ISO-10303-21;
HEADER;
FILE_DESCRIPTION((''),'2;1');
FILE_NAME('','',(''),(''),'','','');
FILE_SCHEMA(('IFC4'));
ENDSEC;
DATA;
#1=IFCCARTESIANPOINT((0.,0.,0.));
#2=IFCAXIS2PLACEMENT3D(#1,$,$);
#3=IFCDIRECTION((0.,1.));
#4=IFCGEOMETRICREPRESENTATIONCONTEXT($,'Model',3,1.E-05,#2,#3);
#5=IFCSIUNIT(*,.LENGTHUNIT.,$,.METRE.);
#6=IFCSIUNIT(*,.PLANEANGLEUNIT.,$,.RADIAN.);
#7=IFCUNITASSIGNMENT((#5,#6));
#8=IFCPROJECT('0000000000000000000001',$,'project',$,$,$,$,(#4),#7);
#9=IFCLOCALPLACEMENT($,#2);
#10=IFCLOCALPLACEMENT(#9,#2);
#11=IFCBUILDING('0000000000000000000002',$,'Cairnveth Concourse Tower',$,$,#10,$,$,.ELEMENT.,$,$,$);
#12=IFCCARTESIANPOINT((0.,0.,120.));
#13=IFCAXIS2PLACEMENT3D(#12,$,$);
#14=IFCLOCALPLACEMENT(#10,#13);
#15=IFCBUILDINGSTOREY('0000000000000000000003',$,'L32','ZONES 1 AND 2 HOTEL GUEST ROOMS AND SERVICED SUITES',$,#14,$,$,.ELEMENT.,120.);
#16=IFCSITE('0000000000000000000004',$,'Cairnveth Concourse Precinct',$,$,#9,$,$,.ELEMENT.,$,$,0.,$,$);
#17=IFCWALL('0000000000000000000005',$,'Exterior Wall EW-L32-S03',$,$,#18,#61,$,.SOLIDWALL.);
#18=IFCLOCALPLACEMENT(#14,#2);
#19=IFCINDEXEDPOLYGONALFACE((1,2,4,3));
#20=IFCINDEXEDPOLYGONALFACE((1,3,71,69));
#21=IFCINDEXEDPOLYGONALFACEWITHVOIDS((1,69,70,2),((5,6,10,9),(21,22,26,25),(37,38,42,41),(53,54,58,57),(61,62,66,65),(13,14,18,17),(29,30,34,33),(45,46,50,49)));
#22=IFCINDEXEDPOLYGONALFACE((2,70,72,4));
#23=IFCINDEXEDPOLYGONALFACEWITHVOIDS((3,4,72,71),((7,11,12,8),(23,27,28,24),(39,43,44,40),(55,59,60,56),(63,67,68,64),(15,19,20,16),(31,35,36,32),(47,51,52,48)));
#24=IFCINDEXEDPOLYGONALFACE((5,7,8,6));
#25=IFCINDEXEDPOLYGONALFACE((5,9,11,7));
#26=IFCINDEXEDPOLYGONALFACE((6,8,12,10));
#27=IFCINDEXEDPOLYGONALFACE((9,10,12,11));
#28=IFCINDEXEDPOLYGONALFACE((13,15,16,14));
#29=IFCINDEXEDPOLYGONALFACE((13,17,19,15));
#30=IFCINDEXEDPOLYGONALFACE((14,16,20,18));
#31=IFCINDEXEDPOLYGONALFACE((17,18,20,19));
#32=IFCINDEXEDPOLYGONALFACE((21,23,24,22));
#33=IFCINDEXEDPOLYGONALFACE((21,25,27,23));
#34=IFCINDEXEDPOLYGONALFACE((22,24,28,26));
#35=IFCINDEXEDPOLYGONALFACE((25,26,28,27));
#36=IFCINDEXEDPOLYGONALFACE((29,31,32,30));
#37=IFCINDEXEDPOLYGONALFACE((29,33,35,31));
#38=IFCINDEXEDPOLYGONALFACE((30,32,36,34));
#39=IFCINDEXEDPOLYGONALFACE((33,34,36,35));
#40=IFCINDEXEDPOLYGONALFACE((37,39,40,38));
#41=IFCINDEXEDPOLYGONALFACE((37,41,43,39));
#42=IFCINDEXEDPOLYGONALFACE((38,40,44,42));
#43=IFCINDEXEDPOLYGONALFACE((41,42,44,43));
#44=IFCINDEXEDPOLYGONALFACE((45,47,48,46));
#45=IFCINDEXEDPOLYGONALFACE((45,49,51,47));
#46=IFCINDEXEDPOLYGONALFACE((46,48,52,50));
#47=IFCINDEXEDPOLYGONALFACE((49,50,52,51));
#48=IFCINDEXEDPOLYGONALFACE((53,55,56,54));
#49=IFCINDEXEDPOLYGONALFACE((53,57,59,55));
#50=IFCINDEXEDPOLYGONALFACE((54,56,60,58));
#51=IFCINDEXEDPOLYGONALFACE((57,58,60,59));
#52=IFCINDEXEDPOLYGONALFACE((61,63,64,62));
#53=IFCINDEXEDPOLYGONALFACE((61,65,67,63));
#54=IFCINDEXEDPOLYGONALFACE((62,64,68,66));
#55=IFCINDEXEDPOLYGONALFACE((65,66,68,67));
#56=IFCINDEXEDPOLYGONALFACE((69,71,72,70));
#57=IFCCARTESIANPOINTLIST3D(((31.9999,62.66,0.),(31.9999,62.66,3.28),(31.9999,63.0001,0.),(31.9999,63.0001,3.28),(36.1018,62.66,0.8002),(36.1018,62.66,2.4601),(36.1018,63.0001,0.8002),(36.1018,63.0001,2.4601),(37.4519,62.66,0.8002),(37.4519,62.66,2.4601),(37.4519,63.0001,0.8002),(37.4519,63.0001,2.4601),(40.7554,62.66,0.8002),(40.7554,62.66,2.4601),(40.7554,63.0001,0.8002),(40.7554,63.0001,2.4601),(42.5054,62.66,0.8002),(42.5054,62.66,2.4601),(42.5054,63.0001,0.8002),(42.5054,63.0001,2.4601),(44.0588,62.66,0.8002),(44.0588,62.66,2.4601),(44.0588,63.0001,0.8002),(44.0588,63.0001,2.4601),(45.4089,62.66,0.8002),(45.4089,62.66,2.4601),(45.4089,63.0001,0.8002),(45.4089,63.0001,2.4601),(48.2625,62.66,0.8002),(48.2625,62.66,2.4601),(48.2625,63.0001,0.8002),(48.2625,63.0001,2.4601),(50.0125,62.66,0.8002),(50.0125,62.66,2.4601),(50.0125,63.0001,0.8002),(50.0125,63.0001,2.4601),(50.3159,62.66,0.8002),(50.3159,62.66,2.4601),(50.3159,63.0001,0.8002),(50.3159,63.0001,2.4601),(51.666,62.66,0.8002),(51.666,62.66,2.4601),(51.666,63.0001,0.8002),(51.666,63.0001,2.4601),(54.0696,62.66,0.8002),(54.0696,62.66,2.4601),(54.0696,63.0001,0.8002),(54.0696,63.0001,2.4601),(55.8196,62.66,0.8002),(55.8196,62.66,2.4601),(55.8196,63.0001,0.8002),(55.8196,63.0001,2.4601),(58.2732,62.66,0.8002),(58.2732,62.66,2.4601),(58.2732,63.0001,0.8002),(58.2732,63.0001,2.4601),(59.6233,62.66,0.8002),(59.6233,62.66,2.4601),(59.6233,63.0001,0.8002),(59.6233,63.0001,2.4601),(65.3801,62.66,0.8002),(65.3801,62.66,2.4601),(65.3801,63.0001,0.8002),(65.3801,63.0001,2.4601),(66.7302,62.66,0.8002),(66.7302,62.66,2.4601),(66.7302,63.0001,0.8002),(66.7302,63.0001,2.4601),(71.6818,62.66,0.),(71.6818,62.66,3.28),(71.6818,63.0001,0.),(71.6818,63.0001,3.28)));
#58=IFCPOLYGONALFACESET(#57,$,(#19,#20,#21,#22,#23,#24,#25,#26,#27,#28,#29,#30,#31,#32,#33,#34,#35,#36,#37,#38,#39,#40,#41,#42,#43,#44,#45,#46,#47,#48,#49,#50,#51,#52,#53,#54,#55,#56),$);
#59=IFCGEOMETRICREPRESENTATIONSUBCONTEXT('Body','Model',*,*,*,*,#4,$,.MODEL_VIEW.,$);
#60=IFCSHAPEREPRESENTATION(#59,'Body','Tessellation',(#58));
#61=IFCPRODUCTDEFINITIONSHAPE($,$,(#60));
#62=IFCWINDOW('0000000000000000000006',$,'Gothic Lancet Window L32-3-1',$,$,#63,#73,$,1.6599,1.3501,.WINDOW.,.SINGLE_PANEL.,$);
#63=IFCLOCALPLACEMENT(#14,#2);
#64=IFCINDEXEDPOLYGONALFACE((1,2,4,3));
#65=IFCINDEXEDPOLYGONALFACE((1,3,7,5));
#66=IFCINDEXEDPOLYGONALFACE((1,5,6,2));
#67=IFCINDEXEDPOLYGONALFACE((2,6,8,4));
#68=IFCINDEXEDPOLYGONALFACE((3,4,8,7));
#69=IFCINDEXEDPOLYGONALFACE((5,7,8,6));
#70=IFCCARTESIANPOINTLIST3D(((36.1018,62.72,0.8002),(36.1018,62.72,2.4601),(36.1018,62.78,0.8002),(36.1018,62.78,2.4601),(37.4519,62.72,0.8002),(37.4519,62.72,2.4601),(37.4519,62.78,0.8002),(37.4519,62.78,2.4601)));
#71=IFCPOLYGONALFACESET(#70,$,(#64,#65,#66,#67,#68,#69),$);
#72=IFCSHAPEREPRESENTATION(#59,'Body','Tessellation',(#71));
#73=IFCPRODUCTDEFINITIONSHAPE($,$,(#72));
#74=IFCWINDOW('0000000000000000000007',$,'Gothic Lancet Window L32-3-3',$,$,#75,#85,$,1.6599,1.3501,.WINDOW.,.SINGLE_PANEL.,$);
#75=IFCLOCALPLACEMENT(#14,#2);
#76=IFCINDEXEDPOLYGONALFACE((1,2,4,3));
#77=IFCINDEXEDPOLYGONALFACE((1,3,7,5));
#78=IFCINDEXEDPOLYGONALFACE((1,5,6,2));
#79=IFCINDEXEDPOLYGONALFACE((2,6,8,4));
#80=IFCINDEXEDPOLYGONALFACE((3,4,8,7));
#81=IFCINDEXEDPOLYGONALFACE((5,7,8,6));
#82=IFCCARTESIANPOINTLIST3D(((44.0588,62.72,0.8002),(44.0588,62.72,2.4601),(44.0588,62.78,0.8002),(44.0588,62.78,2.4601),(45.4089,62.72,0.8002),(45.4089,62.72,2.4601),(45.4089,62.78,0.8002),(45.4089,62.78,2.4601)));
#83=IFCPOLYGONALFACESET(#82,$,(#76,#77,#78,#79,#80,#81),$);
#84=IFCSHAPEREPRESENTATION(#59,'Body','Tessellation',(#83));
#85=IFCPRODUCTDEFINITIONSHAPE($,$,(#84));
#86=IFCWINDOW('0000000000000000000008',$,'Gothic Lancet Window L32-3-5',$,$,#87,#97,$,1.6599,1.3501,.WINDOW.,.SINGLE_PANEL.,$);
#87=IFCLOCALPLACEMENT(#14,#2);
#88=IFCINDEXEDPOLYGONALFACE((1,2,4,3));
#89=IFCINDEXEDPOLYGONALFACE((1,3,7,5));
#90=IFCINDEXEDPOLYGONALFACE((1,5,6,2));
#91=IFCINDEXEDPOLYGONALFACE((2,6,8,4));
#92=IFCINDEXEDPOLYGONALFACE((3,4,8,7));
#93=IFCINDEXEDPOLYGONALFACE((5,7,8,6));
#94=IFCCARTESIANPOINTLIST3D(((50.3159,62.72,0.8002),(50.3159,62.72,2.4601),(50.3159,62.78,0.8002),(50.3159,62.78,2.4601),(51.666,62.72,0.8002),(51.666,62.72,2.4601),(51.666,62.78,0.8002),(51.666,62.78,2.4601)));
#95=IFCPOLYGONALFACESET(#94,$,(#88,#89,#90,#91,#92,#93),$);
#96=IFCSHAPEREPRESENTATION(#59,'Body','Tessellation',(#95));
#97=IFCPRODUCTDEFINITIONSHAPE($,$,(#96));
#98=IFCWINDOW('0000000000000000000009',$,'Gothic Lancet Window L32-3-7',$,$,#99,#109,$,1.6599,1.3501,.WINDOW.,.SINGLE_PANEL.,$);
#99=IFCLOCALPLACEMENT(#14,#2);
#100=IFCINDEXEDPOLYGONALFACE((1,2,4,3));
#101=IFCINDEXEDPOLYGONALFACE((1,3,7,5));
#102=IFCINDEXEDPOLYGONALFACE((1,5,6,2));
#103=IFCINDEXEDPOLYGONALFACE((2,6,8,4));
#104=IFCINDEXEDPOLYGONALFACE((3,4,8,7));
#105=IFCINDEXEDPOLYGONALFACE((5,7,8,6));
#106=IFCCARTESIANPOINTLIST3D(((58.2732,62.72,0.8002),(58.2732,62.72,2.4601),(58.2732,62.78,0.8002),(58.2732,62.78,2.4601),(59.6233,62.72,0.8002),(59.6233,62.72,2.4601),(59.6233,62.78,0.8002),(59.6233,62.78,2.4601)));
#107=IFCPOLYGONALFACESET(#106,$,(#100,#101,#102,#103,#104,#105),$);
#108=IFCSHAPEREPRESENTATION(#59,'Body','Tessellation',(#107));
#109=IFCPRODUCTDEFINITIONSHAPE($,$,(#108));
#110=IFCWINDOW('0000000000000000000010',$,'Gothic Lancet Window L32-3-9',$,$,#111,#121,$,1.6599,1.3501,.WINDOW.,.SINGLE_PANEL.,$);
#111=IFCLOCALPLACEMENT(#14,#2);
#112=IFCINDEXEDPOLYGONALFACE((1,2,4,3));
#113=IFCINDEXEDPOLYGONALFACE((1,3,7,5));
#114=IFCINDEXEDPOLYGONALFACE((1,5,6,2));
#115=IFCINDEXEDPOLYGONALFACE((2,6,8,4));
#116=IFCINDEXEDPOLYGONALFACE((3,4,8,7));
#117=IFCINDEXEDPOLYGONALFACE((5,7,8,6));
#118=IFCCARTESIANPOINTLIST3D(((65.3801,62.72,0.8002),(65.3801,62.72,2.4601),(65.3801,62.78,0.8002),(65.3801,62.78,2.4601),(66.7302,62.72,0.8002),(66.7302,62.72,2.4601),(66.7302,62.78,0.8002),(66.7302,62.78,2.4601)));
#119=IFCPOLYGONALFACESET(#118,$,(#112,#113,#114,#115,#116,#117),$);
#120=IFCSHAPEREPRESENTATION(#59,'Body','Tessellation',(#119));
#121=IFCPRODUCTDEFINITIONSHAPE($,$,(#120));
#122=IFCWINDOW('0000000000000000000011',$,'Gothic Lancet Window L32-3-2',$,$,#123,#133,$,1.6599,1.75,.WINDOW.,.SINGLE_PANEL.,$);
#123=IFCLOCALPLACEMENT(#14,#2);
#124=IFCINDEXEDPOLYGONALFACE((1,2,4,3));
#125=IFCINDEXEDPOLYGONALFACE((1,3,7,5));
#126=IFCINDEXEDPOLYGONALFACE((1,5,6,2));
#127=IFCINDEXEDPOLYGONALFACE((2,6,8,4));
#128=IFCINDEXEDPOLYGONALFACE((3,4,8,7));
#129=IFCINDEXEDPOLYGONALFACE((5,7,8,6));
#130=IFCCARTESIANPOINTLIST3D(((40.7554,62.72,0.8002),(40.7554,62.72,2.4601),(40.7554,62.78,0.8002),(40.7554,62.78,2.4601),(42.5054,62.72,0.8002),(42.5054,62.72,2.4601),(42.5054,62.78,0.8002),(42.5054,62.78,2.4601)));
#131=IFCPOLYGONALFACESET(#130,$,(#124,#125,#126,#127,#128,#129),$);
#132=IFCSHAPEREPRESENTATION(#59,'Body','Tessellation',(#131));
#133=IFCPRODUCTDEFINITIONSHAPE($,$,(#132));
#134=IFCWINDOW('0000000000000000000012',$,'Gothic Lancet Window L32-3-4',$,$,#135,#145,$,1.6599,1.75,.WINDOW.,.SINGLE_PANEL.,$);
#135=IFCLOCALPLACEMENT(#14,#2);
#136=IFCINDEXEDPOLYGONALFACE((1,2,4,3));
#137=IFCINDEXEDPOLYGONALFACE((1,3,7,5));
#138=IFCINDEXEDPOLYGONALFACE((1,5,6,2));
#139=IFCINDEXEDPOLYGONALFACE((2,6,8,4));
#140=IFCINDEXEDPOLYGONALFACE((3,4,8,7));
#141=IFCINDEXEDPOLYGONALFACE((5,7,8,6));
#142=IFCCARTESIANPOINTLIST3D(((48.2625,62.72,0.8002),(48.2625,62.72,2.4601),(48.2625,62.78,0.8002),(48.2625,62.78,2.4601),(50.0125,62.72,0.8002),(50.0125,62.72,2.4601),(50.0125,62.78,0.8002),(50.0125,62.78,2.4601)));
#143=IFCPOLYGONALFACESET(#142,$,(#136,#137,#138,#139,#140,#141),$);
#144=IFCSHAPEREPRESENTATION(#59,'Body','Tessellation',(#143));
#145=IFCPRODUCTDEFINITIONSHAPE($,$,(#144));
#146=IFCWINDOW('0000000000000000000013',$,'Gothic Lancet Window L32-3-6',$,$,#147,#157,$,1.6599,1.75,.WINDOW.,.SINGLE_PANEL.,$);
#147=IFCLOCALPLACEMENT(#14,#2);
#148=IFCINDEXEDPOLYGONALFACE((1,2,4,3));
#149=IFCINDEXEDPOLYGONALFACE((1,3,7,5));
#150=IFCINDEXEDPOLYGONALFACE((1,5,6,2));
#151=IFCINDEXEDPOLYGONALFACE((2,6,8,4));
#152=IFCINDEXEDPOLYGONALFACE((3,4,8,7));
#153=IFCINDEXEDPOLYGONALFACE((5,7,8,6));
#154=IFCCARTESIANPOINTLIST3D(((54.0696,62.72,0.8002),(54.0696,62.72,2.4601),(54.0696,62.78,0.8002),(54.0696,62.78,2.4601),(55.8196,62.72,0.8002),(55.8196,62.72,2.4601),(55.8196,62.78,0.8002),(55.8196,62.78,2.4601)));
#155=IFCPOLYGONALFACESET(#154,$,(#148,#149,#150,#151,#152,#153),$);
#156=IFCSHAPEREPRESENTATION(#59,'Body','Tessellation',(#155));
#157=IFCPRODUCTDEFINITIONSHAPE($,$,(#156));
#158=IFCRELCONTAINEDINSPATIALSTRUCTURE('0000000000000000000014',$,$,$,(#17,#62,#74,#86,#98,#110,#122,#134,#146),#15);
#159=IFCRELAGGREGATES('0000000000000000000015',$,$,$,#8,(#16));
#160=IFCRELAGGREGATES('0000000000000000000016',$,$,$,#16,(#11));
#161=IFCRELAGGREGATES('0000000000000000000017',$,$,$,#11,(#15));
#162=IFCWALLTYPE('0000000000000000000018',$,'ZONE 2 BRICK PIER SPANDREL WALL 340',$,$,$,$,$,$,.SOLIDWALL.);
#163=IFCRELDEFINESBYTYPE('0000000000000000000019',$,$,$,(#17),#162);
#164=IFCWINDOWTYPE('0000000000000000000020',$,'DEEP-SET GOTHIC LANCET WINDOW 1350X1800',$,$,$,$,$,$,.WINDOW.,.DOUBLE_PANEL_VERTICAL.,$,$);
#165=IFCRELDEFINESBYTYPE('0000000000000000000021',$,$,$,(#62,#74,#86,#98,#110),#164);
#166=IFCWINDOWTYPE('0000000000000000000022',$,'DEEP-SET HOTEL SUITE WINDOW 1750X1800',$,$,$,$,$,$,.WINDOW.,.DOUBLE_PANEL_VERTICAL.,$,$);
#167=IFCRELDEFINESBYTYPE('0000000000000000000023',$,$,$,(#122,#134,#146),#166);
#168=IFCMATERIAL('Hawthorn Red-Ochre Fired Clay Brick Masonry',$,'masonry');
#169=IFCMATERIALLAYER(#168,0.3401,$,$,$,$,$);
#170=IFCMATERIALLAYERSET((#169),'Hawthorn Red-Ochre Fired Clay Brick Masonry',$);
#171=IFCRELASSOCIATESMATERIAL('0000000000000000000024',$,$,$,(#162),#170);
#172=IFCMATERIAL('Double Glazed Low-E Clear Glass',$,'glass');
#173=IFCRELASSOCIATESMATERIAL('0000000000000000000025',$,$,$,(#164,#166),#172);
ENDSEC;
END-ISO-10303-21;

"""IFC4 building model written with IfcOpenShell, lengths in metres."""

from ifc_helpers import new_model, si_unit, direction, frame, frame_2d, origin, place, context, subcontext, project, spatial, rectangle, extrude, material, layer, layer_set, type_object, element, fill, save


model = new_model("IFC4")

# Units and contexts
model_context = context("Model", 3, precision=1e-05, world=origin(), true_north=direction((0.0, 1.0)))
body_context = subcontext(model_context, "Body", "Model", "MODEL_VIEW")
ifc_project = project(units=[si_unit("LENGTHUNIT", "METRE"), si_unit("PLANEANGLEUNIT", "RADIAN")], contexts=[model_context])

# Site, building, storey
site_placement = place(None, origin())
site = spatial("IfcSite", under=ifc_project, at=site_placement, Name="Cairnveth Concourse Precinct", CompositionType="ELEMENT", RefElevation=0.0)
building_placement = place(site_placement, origin())
building = spatial("IfcBuilding", under=site, at=building_placement, Name="Cairnveth Concourse Tower", CompositionType="ELEMENT")
storey_placement = place(building_placement, frame((0.0, 0.0, 120.0)))
storey = spatial("IfcBuildingStorey", under=building, at=storey_placement, Name="L32", Description="ZONES 1 AND 2 HOTEL GUEST ROOMS AND SERVICED SUITES", CompositionType="ELEMENT", Elevation=120.0)

# Shared definitions
ifc_material_1 = material(Name="Hawthorn Red-Ochre Fired Clay Brick Masonry", Category="masonry")
ifc_layer_1 = layer(ifc_material_1, 0.3401)
ifc_layer_set_1 = layer_set([ifc_layer_1], Name="Hawthorn Red-Ochre Fired Clay Brick Masonry")
wall_type_1 = type_object("IfcWallType", Name="ZONE 2 BRICK PIER SPANDREL WALL 340", PredefinedType="SOLIDWALL", material=ifc_layer_set_1)

# Wall, openings, windows
wall_1_placement = place(storey_placement, frame((32.0, 62.8301, 0.0), z_axis=(0.0, 0.0, 1.0), x_axis=(1.0, 0.0, 0.0)))
wall_1 = element("IfcWall", 1, at=wall_1_placement, inside=storey, type_object=wall_type_1, Name="Exterior Wall EW-L32-S03", PredefinedType="SOLIDWALL", context=body_context, shape_type="SweptSolid", body=[
    extrude(rectangle(XDim=39.6819, YDim=0.3401, at=frame_2d((19.8408, 0.0))), origin(), (0.0, 0.0, 1.0), 3.28),
])
opening_1_placement = place(wall_1_placement, frame((4.1018, 0.0, 0.8)))
opening_1 = element("IfcOpeningElement", 2, at=opening_1_placement, cuts=wall_1, PredefinedType="OPENING", context=body_context, shape_type="SweptSolid", body=[
    extrude(rectangle(XDim=1.3501, YDim=1.6599, at=frame_2d((0.675, 0.8301))), frame((0.0, 0.1799, 0.0), z_axis=(0.0, -1.0, 0.0), x_axis=(1.0, 0.0, 0.0)), (0.0, 0.0, 1.0), 0.3601),
])
opening_2_placement = place(wall_1_placement, frame((8.7554, 0.0, 0.8)))
opening_2 = element("IfcOpeningElement", 3, at=opening_2_placement, cuts=wall_1, PredefinedType="OPENING", context=body_context, shape_type="SweptSolid", body=[
    extrude(rectangle(XDim=1.75, YDim=1.6599, at=frame_2d((0.875, 0.8301))), frame((0.0, 0.1799, 0.0), z_axis=(0.0, -1.0, 0.0), x_axis=(1.0, 0.0, 0.0)), (0.0, 0.0, 1.0), 0.3601),
])
opening_3_placement = place(wall_1_placement, frame((12.0588, 0.0, 0.8)))
opening_3 = element("IfcOpeningElement", 4, at=opening_3_placement, cuts=wall_1, PredefinedType="OPENING", context=body_context, shape_type="SweptSolid", body=[
    extrude(rectangle(XDim=1.3501, YDim=1.6599, at=frame_2d((0.675, 0.8301))), frame((0.0, 0.1799, 0.0), z_axis=(0.0, -1.0, 0.0), x_axis=(1.0, 0.0, 0.0)), (0.0, 0.0, 1.0), 0.3601),
])
opening_4_placement = place(wall_1_placement, frame((16.2625, 0.0, 0.8)))
opening_4 = element("IfcOpeningElement", 5, at=opening_4_placement, cuts=wall_1, PredefinedType="OPENING", context=body_context, shape_type="SweptSolid", body=[
    extrude(rectangle(XDim=1.75, YDim=1.6599, at=frame_2d((0.875, 0.8301))), frame((0.0, 0.1799, 0.0), z_axis=(0.0, -1.0, 0.0), x_axis=(1.0, 0.0, 0.0)), (0.0, 0.0, 1.0), 0.3601),
])
opening_5_placement = place(wall_1_placement, frame((18.3159, 0.0, 0.8)))
opening_5 = element("IfcOpeningElement", 6, at=opening_5_placement, cuts=wall_1, PredefinedType="OPENING", context=body_context, shape_type="SweptSolid", body=[
    extrude(rectangle(XDim=1.3501, YDim=1.6599, at=frame_2d((0.675, 0.8301))), frame((0.0, 0.1799, 0.0), z_axis=(0.0, -1.0, 0.0), x_axis=(1.0, 0.0, 0.0)), (0.0, 0.0, 1.0), 0.3601),
])
opening_6_placement = place(wall_1_placement, frame((22.0696, 0.0, 0.8)))
opening_6 = element("IfcOpeningElement", 7, at=opening_6_placement, cuts=wall_1, PredefinedType="OPENING", context=body_context, shape_type="SweptSolid", body=[
    extrude(rectangle(XDim=1.75, YDim=1.6599, at=frame_2d((0.875, 0.8301))), frame((0.0, 0.1799, 0.0), z_axis=(0.0, -1.0, 0.0), x_axis=(1.0, 0.0, 0.0)), (0.0, 0.0, 1.0), 0.3601),
])
opening_7_placement = place(wall_1_placement, frame((26.2732, 0.0, 0.8)))
opening_7 = element("IfcOpeningElement", 8, at=opening_7_placement, cuts=wall_1, PredefinedType="OPENING", context=body_context, shape_type="SweptSolid", body=[
    extrude(rectangle(XDim=1.3501, YDim=1.6599, at=frame_2d((0.675, 0.8301))), frame((0.0, 0.1799, 0.0), z_axis=(0.0, -1.0, 0.0), x_axis=(1.0, 0.0, 0.0)), (0.0, 0.0, 1.0), 0.3601),
])
opening_8_placement = place(wall_1_placement, frame((33.3801, 0.0, 0.8)))
opening_8 = element("IfcOpeningElement", 9, at=opening_8_placement, cuts=wall_1, PredefinedType="OPENING", context=body_context, shape_type="SweptSolid", body=[
    extrude(rectangle(XDim=1.3501, YDim=1.6599, at=frame_2d((0.675, 0.8301))), frame((0.0, 0.1799, 0.0), z_axis=(0.0, -1.0, 0.0), x_axis=(1.0, 0.0, 0.0)), (0.0, 0.0, 1.0), 0.3601),
])
ifc_material_2 = material(Name="Double Glazed Low-E Clear Glass", Category="glass")
window_type_1 = type_object("IfcWindowType", Name="DEEP-SET GOTHIC LANCET WINDOW 1350X1800", PartitioningType="DOUBLE_PANEL_VERTICAL", PredefinedType="WINDOW", material=ifc_material_2)
window_1_placement = place(opening_1_placement, origin())
window_1 = element("IfcWindow", 10, at=window_1_placement, inside=storey, type_object=window_type_1, Name="Gothic Lancet Window L32-3-1", OverallHeight=1.6599, OverallWidth=1.3501, PartitioningType="SINGLE_PANEL", PredefinedType="WINDOW", context=body_context, shape_type="SweptSolid", body=[
    extrude(rectangle(XDim=1.3501, YDim=1.6599, at=frame_2d((0.675, 0.8301))), frame((0.0, -0.05, 0.0), z_axis=(0.0, -1.0, 0.0), x_axis=(1.0, 0.0, 0.0)), (0.0, 0.0, 1.0), 0.0601),
])
fill(opening_1, window_1)
window_2_placement = place(opening_3_placement, origin())
window_2 = element("IfcWindow", 11, at=window_2_placement, inside=storey, type_object=window_type_1, Name="Gothic Lancet Window L32-3-3", OverallHeight=1.6599, OverallWidth=1.3501, PartitioningType="SINGLE_PANEL", PredefinedType="WINDOW", context=body_context, shape_type="SweptSolid", body=[
    extrude(rectangle(XDim=1.3501, YDim=1.6599, at=frame_2d((0.675, 0.8301))), frame((0.0, -0.05, 0.0), z_axis=(0.0, -1.0, 0.0), x_axis=(1.0, 0.0, 0.0)), (0.0, 0.0, 1.0), 0.0601),
])
fill(opening_3, window_2)
window_3_placement = place(opening_5_placement, origin())
window_3 = element("IfcWindow", 12, at=window_3_placement, inside=storey, type_object=window_type_1, Name="Gothic Lancet Window L32-3-5", OverallHeight=1.6599, OverallWidth=1.3501, PartitioningType="SINGLE_PANEL", PredefinedType="WINDOW", context=body_context, shape_type="SweptSolid", body=[
    extrude(rectangle(XDim=1.3501, YDim=1.6599, at=frame_2d((0.675, 0.8301))), frame((0.0, -0.05, 0.0), z_axis=(0.0, -1.0, 0.0), x_axis=(1.0, 0.0, 0.0)), (0.0, 0.0, 1.0), 0.0601),
])
fill(opening_5, window_3)
window_4_placement = place(opening_7_placement, origin())
window_4 = element("IfcWindow", 13, at=window_4_placement, inside=storey, type_object=window_type_1, Name="Gothic Lancet Window L32-3-7", OverallHeight=1.6599, OverallWidth=1.3501, PartitioningType="SINGLE_PANEL", PredefinedType="WINDOW", context=body_context, shape_type="SweptSolid", body=[
    extrude(rectangle(XDim=1.3501, YDim=1.6599, at=frame_2d((0.675, 0.8301))), frame((0.0, -0.05, 0.0), z_axis=(0.0, -1.0, 0.0), x_axis=(1.0, 0.0, 0.0)), (0.0, 0.0, 1.0), 0.0601),
])
fill(opening_7, window_4)
window_5_placement = place(opening_8_placement, origin())
window_5 = element("IfcWindow", 14, at=window_5_placement, inside=storey, type_object=window_type_1, Name="Gothic Lancet Window L32-3-9", OverallHeight=1.6599, OverallWidth=1.3501, PartitioningType="SINGLE_PANEL", PredefinedType="WINDOW", context=body_context, shape_type="SweptSolid", body=[
    extrude(rectangle(XDim=1.3501, YDim=1.6599, at=frame_2d((0.675, 0.8301))), frame((0.0, -0.05, 0.0), z_axis=(0.0, -1.0, 0.0), x_axis=(1.0, 0.0, 0.0)), (0.0, 0.0, 1.0), 0.0601),
])
fill(opening_8, window_5)
window_type_2 = type_object("IfcWindowType", Name="DEEP-SET HOTEL SUITE WINDOW 1750X1800", PartitioningType="DOUBLE_PANEL_VERTICAL", PredefinedType="WINDOW", material=ifc_material_2)
window_6_placement = place(opening_2_placement, origin())
window_6 = element("IfcWindow", 15, at=window_6_placement, inside=storey, type_object=window_type_2, Name="Gothic Lancet Window L32-3-2", OverallHeight=1.6599, OverallWidth=1.75, PartitioningType="SINGLE_PANEL", PredefinedType="WINDOW", context=body_context, shape_type="SweptSolid", body=[
    extrude(rectangle(XDim=1.75, YDim=1.6599, at=frame_2d((0.875, 0.8301))), frame((0.0, -0.05, 0.0), z_axis=(0.0, -1.0, 0.0), x_axis=(1.0, 0.0, 0.0)), (0.0, 0.0, 1.0), 0.0601),
])
fill(opening_2, window_6)
window_7_placement = place(opening_4_placement, origin())
window_7 = element("IfcWindow", 16, at=window_7_placement, inside=storey, type_object=window_type_2, Name="Gothic Lancet Window L32-3-4", OverallHeight=1.6599, OverallWidth=1.75, PartitioningType="SINGLE_PANEL", PredefinedType="WINDOW", context=body_context, shape_type="SweptSolid", body=[
    extrude(rectangle(XDim=1.75, YDim=1.6599, at=frame_2d((0.875, 0.8301))), frame((0.0, -0.05, 0.0), z_axis=(0.0, -1.0, 0.0), x_axis=(1.0, 0.0, 0.0)), (0.0, 0.0, 1.0), 0.0601),
])
fill(opening_4, window_7)
window_8_placement = place(opening_6_placement, origin())
window_8 = element("IfcWindow", 17, at=window_8_placement, inside=storey, type_object=window_type_2, Name="Gothic Lancet Window L32-3-6", OverallHeight=1.6599, OverallWidth=1.75, PartitioningType="SINGLE_PANEL", PredefinedType="WINDOW", context=body_context, shape_type="SweptSolid", body=[
    extrude(rectangle(XDim=1.75, YDim=1.6599, at=frame_2d((0.875, 0.8301))), frame((0.0, -0.05, 0.0), z_axis=(0.0, -1.0, 0.0), x_axis=(1.0, 0.0, 0.0)), (0.0, 0.0, 1.0), 0.0601),
])
fill(opening_6, window_8)

save(model, "model.ifc")
